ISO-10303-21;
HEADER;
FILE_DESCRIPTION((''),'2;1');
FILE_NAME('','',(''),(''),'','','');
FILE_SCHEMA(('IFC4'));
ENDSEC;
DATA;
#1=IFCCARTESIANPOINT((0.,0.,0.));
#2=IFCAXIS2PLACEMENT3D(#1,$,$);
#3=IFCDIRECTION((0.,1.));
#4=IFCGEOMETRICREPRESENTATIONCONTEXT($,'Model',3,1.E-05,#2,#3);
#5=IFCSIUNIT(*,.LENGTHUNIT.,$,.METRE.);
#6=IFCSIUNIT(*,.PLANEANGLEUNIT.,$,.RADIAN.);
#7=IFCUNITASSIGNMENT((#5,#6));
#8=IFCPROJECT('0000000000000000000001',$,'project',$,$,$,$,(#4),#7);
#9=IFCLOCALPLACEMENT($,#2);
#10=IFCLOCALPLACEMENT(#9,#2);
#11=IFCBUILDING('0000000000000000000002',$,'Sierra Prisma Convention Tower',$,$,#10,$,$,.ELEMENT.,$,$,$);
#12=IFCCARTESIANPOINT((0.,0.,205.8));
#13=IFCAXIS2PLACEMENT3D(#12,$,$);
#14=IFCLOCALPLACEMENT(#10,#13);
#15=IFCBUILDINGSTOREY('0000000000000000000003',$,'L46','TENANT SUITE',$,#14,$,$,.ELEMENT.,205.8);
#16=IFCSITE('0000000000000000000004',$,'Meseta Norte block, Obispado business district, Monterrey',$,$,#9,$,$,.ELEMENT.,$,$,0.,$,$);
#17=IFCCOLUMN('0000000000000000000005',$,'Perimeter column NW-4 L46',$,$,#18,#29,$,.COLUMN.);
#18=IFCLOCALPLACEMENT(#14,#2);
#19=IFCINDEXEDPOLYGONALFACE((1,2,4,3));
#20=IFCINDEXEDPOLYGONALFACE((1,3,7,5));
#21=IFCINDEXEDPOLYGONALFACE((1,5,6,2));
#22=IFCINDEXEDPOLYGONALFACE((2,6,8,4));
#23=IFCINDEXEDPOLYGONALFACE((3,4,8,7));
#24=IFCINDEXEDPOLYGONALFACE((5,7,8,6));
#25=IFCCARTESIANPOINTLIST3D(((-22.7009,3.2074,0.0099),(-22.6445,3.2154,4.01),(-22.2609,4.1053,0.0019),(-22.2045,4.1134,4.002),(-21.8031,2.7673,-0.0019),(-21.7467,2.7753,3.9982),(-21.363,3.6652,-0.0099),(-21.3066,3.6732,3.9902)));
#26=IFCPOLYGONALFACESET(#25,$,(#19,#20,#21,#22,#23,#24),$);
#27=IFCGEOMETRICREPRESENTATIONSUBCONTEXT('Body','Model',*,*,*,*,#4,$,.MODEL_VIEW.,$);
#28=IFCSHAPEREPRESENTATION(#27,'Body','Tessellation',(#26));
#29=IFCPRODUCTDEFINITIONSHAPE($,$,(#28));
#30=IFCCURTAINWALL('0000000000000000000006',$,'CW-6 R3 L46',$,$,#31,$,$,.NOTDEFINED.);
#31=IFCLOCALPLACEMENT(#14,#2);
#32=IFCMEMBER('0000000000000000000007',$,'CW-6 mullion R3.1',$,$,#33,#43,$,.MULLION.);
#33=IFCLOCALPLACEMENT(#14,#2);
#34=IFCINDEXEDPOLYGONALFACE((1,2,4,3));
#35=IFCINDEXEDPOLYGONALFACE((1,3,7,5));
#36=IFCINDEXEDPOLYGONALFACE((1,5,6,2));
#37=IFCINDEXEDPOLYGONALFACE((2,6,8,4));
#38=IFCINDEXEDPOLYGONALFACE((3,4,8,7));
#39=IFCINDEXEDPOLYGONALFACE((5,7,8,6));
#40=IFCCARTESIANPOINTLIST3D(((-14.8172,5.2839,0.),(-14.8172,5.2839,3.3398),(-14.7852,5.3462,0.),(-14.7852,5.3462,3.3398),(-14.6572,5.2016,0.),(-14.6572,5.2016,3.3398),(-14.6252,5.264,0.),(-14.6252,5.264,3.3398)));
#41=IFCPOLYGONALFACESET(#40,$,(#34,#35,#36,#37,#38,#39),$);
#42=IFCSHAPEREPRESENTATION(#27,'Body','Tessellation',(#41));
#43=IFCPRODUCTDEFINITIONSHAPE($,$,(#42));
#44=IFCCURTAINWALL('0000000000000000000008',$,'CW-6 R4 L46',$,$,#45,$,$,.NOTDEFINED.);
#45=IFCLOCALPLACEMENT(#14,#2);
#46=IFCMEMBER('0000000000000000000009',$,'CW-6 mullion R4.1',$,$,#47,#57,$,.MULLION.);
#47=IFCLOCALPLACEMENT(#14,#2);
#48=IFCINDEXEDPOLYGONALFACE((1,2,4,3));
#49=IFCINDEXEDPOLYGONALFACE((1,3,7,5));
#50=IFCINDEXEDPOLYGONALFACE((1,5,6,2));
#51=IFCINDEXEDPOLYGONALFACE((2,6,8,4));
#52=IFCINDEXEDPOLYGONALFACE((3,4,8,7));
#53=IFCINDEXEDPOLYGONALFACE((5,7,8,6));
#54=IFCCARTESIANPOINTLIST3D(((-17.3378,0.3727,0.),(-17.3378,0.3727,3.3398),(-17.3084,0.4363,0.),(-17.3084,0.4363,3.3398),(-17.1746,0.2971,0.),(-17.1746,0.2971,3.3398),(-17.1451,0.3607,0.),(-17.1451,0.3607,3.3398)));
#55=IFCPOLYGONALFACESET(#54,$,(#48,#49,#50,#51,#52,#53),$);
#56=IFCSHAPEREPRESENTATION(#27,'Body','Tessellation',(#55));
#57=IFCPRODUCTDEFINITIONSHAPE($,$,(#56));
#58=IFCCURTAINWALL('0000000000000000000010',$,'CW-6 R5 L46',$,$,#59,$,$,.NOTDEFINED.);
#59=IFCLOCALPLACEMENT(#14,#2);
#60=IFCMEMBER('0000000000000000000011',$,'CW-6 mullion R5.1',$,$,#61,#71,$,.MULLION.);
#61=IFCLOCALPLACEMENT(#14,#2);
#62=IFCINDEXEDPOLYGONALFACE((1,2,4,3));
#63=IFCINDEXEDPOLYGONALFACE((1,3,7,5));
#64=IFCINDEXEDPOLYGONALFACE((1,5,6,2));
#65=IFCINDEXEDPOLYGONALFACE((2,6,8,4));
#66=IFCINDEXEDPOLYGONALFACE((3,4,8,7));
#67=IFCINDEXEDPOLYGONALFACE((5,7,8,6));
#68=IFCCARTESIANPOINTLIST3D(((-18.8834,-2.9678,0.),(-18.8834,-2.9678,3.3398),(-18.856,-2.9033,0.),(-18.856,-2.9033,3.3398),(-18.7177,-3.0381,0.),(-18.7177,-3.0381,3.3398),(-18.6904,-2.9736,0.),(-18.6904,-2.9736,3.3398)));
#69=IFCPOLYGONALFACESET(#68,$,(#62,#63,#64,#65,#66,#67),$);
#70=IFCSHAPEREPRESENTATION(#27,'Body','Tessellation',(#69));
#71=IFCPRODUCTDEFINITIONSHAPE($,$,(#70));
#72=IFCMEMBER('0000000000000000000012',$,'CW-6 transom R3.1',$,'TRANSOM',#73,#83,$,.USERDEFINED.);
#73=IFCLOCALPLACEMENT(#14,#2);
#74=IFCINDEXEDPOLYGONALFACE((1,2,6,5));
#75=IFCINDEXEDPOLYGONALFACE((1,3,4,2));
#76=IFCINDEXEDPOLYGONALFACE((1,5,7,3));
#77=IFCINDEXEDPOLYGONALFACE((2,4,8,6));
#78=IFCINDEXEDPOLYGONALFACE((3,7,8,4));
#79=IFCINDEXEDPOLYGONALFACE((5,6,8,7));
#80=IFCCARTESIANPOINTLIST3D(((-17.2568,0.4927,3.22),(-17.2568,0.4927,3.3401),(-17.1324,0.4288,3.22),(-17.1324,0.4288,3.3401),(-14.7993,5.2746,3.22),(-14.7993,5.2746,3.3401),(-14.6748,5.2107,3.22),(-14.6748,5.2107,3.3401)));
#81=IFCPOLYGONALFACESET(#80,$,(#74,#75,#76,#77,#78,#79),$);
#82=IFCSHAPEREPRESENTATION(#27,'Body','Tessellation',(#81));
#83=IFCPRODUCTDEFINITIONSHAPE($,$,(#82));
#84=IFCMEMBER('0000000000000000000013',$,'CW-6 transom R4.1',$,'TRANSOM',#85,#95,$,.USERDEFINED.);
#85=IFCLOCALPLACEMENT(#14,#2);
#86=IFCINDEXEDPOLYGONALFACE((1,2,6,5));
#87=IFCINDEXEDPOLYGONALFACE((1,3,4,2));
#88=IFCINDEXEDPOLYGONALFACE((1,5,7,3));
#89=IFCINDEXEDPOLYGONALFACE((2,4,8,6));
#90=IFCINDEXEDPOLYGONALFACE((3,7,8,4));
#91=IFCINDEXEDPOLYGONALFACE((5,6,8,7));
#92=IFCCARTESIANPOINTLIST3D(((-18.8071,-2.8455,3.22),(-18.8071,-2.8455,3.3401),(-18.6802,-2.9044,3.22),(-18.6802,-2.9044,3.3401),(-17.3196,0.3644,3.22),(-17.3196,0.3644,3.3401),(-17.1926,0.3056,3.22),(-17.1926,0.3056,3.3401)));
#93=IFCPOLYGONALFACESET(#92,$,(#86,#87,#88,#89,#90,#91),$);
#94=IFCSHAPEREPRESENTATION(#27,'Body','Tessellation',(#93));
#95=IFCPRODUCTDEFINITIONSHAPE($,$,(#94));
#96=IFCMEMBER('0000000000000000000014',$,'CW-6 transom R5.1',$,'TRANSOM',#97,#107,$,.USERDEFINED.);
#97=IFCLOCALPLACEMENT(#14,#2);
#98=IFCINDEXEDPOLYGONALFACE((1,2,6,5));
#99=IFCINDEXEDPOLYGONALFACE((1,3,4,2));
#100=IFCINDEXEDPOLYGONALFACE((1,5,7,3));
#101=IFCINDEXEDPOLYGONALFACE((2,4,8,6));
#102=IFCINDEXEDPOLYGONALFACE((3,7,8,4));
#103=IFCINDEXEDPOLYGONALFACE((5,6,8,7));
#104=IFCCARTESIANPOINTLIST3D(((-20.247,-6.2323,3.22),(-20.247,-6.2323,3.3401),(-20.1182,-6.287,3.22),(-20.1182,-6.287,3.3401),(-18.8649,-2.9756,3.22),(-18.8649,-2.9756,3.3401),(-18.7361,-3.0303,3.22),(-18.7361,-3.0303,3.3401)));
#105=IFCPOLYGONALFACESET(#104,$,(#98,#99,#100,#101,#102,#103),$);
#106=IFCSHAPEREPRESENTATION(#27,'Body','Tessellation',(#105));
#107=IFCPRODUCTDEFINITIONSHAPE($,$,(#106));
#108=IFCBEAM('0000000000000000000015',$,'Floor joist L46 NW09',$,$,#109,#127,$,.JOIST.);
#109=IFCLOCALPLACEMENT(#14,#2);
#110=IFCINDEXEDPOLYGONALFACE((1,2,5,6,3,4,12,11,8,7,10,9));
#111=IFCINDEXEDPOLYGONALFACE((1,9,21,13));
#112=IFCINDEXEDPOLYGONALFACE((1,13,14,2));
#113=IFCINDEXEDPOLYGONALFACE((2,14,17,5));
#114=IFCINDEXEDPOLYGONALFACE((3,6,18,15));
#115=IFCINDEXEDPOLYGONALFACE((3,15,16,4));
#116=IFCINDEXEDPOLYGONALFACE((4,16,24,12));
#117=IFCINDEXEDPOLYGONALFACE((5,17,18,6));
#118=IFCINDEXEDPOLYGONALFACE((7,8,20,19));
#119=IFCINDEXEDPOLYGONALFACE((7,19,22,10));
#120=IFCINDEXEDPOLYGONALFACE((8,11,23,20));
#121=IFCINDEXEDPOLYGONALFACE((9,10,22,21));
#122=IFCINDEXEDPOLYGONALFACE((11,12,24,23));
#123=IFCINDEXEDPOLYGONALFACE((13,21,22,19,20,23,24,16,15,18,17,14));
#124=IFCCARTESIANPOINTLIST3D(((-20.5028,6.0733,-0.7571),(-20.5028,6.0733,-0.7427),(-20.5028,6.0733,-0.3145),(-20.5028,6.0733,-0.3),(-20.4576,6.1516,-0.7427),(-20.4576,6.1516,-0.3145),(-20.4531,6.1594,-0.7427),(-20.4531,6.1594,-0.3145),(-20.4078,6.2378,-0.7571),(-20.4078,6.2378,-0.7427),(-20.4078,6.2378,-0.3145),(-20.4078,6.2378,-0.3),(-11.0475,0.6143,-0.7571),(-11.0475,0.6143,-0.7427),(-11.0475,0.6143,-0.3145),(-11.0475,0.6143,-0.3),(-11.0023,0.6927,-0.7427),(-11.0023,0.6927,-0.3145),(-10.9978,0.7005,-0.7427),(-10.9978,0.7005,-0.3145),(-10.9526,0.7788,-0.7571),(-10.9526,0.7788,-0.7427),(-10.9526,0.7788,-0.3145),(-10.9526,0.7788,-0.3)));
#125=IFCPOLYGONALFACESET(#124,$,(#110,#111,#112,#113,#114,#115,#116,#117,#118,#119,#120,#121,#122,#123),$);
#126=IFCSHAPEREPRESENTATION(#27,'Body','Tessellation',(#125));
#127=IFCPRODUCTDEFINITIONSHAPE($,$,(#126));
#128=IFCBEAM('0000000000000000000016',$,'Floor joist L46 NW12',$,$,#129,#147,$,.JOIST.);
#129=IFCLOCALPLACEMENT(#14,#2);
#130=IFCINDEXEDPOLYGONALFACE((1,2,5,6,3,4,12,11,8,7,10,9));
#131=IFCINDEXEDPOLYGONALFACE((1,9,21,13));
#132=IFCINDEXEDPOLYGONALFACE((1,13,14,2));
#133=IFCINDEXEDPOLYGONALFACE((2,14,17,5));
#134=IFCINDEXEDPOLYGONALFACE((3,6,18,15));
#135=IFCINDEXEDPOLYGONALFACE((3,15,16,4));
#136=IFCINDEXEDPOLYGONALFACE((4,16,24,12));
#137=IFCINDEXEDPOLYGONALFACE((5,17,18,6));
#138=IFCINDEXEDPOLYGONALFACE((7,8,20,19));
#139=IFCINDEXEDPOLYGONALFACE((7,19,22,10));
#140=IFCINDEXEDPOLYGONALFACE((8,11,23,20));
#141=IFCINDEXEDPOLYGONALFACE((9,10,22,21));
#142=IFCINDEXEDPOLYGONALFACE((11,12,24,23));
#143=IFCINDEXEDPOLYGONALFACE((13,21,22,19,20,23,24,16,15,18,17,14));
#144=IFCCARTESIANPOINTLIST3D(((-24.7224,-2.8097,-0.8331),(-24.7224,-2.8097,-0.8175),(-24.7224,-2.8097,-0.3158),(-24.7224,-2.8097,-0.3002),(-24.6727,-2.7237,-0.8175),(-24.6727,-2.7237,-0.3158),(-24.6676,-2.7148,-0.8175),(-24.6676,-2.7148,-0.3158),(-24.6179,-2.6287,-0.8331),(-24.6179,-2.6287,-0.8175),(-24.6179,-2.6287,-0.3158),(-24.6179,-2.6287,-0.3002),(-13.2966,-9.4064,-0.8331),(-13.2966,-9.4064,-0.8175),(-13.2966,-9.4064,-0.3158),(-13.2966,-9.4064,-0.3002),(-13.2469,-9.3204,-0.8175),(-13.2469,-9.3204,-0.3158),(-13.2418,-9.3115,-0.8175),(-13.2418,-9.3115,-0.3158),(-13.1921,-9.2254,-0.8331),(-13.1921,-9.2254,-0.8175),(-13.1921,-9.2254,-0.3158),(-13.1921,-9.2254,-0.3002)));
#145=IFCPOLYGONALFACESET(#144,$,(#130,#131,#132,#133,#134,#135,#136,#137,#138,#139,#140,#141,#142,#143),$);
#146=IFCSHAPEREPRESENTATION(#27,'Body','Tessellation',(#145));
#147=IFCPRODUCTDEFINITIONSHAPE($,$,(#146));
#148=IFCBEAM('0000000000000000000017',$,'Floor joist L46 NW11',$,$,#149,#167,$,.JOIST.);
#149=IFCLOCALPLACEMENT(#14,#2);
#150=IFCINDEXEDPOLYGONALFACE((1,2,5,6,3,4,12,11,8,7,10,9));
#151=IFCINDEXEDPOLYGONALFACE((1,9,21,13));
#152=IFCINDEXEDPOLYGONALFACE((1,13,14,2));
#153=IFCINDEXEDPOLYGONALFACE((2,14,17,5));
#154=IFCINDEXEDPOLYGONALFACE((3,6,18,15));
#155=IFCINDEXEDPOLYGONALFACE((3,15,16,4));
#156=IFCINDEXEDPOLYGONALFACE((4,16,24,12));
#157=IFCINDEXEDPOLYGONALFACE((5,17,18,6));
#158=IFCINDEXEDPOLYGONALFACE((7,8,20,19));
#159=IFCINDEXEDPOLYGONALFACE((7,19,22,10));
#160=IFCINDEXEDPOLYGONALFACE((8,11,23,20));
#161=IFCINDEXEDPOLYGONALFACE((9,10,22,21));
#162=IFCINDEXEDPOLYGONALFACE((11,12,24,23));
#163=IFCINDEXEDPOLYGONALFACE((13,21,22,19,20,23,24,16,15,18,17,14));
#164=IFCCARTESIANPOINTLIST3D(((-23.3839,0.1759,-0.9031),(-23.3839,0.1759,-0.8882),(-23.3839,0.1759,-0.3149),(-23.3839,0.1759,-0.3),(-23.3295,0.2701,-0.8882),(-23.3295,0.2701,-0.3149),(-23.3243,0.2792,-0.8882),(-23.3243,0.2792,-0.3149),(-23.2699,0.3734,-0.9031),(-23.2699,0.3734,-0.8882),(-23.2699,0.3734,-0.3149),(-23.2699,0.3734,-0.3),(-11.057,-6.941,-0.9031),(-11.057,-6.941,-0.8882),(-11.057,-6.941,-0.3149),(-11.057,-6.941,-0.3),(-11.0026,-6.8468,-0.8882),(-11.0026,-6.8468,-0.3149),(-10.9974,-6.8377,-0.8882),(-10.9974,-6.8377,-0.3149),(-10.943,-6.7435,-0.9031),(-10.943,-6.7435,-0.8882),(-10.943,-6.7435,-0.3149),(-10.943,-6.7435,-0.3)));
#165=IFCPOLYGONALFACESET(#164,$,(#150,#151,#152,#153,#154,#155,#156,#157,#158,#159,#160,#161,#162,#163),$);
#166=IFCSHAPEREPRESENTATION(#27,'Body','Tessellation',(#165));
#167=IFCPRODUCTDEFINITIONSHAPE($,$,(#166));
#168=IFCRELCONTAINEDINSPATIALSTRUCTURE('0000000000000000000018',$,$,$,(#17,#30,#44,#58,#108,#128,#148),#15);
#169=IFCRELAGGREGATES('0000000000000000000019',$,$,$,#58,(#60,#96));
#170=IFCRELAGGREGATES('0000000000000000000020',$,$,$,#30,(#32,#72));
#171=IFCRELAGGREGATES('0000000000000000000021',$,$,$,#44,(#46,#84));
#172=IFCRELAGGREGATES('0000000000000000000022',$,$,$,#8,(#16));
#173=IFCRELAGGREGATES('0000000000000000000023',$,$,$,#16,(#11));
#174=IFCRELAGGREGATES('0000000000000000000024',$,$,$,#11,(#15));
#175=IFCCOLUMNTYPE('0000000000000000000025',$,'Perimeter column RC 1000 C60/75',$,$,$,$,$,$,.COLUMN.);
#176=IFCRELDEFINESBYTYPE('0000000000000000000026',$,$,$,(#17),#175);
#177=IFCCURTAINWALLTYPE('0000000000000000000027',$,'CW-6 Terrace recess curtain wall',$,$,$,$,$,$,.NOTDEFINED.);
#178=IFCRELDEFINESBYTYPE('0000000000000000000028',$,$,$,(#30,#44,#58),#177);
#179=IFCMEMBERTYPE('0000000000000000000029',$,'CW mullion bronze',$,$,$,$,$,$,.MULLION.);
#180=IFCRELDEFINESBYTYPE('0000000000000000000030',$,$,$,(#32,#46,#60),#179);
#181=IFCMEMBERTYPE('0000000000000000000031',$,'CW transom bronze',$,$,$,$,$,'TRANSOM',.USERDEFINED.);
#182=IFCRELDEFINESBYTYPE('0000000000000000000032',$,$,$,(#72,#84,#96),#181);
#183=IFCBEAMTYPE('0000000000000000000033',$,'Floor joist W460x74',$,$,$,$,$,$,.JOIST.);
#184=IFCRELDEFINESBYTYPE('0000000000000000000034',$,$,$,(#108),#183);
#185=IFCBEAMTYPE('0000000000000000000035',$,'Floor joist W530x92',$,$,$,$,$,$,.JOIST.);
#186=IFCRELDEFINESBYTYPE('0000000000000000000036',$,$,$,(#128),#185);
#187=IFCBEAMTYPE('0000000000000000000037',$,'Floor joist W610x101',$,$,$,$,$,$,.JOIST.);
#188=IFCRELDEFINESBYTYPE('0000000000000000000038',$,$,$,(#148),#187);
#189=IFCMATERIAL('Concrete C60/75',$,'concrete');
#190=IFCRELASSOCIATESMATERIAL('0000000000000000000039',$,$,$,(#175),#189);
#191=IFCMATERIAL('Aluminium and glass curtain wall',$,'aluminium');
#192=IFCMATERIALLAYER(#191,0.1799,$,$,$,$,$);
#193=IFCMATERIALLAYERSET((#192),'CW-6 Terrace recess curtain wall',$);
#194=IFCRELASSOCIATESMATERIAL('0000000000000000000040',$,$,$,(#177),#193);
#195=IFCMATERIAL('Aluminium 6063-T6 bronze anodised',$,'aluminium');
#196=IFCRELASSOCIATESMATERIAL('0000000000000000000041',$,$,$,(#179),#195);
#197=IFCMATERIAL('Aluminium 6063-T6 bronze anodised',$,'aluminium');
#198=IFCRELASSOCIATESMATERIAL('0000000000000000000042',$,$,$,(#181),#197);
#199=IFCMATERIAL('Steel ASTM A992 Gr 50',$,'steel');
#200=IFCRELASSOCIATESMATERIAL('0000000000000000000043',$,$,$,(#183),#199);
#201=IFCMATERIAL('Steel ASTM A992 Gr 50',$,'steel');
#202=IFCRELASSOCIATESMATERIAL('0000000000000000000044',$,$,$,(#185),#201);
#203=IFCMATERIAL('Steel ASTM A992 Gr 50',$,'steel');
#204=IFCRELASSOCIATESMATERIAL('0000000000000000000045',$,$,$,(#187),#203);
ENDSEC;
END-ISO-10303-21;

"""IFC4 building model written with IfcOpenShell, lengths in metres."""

from ifc_helpers import new_model, si_unit, direction, frame, origin, origin_2d, place, context, subcontext, project, spatial, rectangle, i_section, extrude, material, layer, layer_set, material_profile, profile_set, type_object, element, aggregate, save


model = new_model("IFC4")

# Units and contexts
model_context = context("Model", 3, precision=1e-05, world=origin(), true_north=direction((0.0, 1.0)))
body_context = subcontext(model_context, "Body", "Model", "MODEL_VIEW")
ifc_project = project(units=[si_unit("LENGTHUNIT", "METRE"), si_unit("PLANEANGLEUNIT", "RADIAN")], contexts=[model_context])

# Site, building, storey
site_placement = place(None, origin())
site = spatial("IfcSite", under=ifc_project, at=site_placement, Name="Meseta Norte block, Obispado business district, Monterrey", CompositionType="ELEMENT", RefElevation=0.0)
building_placement = place(site_placement, origin())
building = spatial("IfcBuilding", under=site, at=building_placement, Name="Sierra Prisma Convention Tower", CompositionType="ELEMENT")
storey_placement = place(building_placement, frame((0.0, 0.0, 205.8)))
storey = spatial("IfcBuildingStorey", under=building, at=storey_placement, Name="L46", Description="TENANT SUITE", CompositionType="ELEMENT", Elevation=205.8)

# Column
ifc_material_1 = material(Name="Concrete C60/75", Category="concrete")
ifc_material_profile_1 = material_profile(ifc_material_1, rectangle(XDim=1.0, YDim=1.0, at=origin_2d()), Name="Perimeter column RC 1000 C60/75")
ifc_profile_set_1 = profile_set([ifc_material_profile_1], Name="Concrete C60/75")
column_type = type_object("IfcColumnType", Name="Perimeter column RC 1000 C60/75", PredefinedType="COLUMN", material=ifc_profile_set_1)
column_placement = place(storey_placement, frame((-22.032, 3.4363, 0.0), z_axis=(0.014098, 0.002014, 0.999899), x_axis=(0.440047, 0.897939, -0.008013)))
element("IfcColumn", 1, at=column_placement, inside=storey, type_object=column_type, Name="Perimeter column NW-4 L46", PredefinedType="COLUMN", context=body_context, shape_type="SweptSolid", body=[
    extrude(rectangle(XDim=1.0, YDim=1.0, at=origin_2d()), origin(), (0.0, 0.0, 1.0), 4.0005),
])

# Curtain walls, members
ifc_material_2 = material(Name="Aluminium and glass curtain wall", Category="aluminium")
ifc_layer_1 = layer(ifc_material_2, 0.1799)
ifc_layer_set_1 = layer_set([ifc_layer_1], Name="CW-6 Terrace recess curtain wall")
curtain_wall_type = type_object("IfcCurtainWallType", Name="CW-6 Terrace recess curtain wall", PredefinedType="NOTDEFINED", material=ifc_layer_set_1)
curtain_wall_1_placement = place(storey_placement, origin())
curtain_wall_1 = element("IfcCurtainWall", 2, at=curtain_wall_1_placement, inside=storey, type_object=curtain_wall_type, Name="CW-6 R3 L46", PredefinedType="NOTDEFINED")
ifc_material_3 = material(Name="Aluminium 6063-T6 bronze anodised", Category="aluminium")
ifc_material_profile_2 = material_profile(ifc_material_3, rectangle(XDim=0.1799, YDim=0.0701, at=origin_2d()), Name="ALU MULLION 70x180")
ifc_profile_set_2 = profile_set([ifc_material_profile_2], Name="Aluminium 6063-T6 bronze anodised")
member_type_1 = type_object("IfcMemberType", Name="CW mullion bronze", PredefinedType="MULLION", material=ifc_profile_set_2)
member_1_placement = place(storey_placement, frame((-14.7212, 5.2739, 0.0), z_axis=(0.0, 0.0, 1.0), x_axis=(0.889425, -0.457082, 0.0)))
member_1 = element("IfcMember", 3, at=member_1_placement, type_object=member_type_1, Name="CW-6 mullion R3.1", PredefinedType="MULLION", context=body_context, shape_type="SweptSolid", body=[
    extrude(rectangle(XDim=0.1799, YDim=0.0701, at=origin_2d()), origin(), (0.0, 0.0, 1.0), 3.3398),
])
curtain_wall_2_placement = place(storey_placement, origin())
curtain_wall_2 = element("IfcCurtainWall", 4, at=curtain_wall_2_placement, inside=storey, type_object=curtain_wall_type, Name="CW-6 R4 L46", PredefinedType="NOTDEFINED")
member_2_placement = place(storey_placement, frame((-17.2415, 0.3667, 0.0), z_axis=(0.0, 0.0, 1.0), x_axis=(0.907303, -0.420478, 0.0)))
member_2 = element("IfcMember", 5, at=member_2_placement, type_object=member_type_1, Name="CW-6 mullion R4.1", PredefinedType="MULLION", context=body_context, shape_type="SweptSolid", body=[
    extrude(rectangle(XDim=0.1799, YDim=0.0701, at=origin_2d()), origin(), (0.0, 0.0, 1.0), 3.3398),
])
curtain_wall_3_placement = place(storey_placement, origin())
curtain_wall_3 = element("IfcCurtainWall", 6, at=curtain_wall_3_placement, inside=storey, type_object=curtain_wall_type, Name="CW-6 R5 L46", PredefinedType="NOTDEFINED")
member_3_placement = place(storey_placement, frame((-18.7869, -2.9707, 0.0), z_axis=(0.0, 0.0, 1.0), x_axis=(0.920522, -0.39069, 0.0)))
member_3 = element("IfcMember", 7, at=member_3_placement, type_object=member_type_1, Name="CW-6 mullion R5.1", PredefinedType="MULLION", context=body_context, shape_type="SweptSolid", body=[
    extrude(rectangle(XDim=0.1799, YDim=0.0701, at=origin_2d()), origin(), (0.0, 0.0, 1.0), 3.3398),
])

# Members
ifc_material_4 = material(Name="Aluminium 6063-T6 bronze anodised", Category="aluminium")
ifc_material_profile_3 = material_profile(ifc_material_4, rectangle(XDim=0.1399, YDim=0.1201, at=origin_2d()), Name="ALU TRANSOM 120x140")
ifc_profile_set_3 = profile_set([ifc_material_profile_3], Name="Aluminium 6063-T6 bronze anodised")
member_type_2 = type_object("IfcMemberType", Name="CW transom bronze", ElementType="TRANSOM", PredefinedType="USERDEFINED", material=ifc_profile_set_3)
member_4_placement = place(storey_placement, frame((-14.7371, 5.2427, 3.28), z_axis=(-0.457085, -0.889423, 0.0), x_axis=(0.889423, -0.457085, 0.0)))
member_4 = element("IfcMember", 8, at=member_4_placement, type_object=member_type_2, Name="CW-6 transom R3.1", ObjectType="TRANSOM", PredefinedType="USERDEFINED", context=body_context, shape_type="SweptSolid", body=[
    extrude(rectangle(XDim=0.1399, YDim=0.1201, at=origin_2d()), origin(), (0.0, 0.0, 1.0), 5.3765),
])
member_5_placement = place(storey_placement, frame((-17.2561, 0.335, 3.28), z_axis=(-0.420462, -0.90731, 0.0), x_axis=(0.90731, -0.420462, 0.0)))
member_5 = element("IfcMember", 9, at=member_5_placement, type_object=member_type_2, Name="CW-6 transom R4.1", ObjectType="TRANSOM", PredefinedType="USERDEFINED", context=body_context, shape_type="SweptSolid", body=[
    extrude(rectangle(XDim=0.1399, YDim=0.1201, at=origin_2d()), origin(), (0.0, 0.0, 1.0), 3.5378),
])
member_6_placement = place(storey_placement, frame((-18.8005, -3.0029, 3.28), z_axis=(-0.390644, -0.920542, 0.0), x_axis=(0.920542, -0.390644, 0.0)))
member_6 = element("IfcMember", 10, at=member_6_placement, type_object=member_type_2, Name="CW-6 transom R5.1", ObjectType="TRANSOM", PredefinedType="USERDEFINED", context=body_context, shape_type="SweptSolid", body=[
    extrude(rectangle(XDim=0.1399, YDim=0.1201, at=origin_2d()), origin(), (0.0, 0.0, 1.0), 3.5378),
])
aggregate(curtain_wall_3, [member_3, member_6])

# Beams
ifc_material_5 = material(Name="Steel ASTM A992 Gr 50", Category="steel")
ifc_material_profile_4 = material_profile(ifc_material_5, i_section(OverallWidth=0.1899, OverallDepth=0.457, WebThickness=0.009, FlangeThickness=0.0144, at=origin_2d()), Name="W460x74")
ifc_profile_set_4 = profile_set([ifc_material_profile_4], Name="Steel ASTM A992 Gr 50")
beam_type_1 = type_object("IfcBeamType", Name="Floor joist W460x74", PredefinedType="JOIST", material=ifc_profile_set_4)
beam_1_placement = place(storey_placement, frame((-20.4553, 6.1555, -0.5286), z_axis=(0.866027, -0.499997, 0.0), x_axis=(0.499997, 0.866027, 0.0)))
element("IfcBeam", 11, at=beam_1_placement, inside=storey, type_object=beam_type_1, Name="Floor joist L46 NW09", PredefinedType="JOIST", context=body_context, shape_type="SweptSolid", body=[
    extrude(i_section(OverallWidth=0.1899, OverallDepth=0.457, WebThickness=0.009, FlangeThickness=0.0144, at=origin_2d()), origin(), (0.0, 0.0, 1.0), 10.918),
])
ifc_material_6 = material(Name="Steel ASTM A992 Gr 50", Category="steel")
ifc_material_profile_5 = material_profile(ifc_material_6, i_section(OverallWidth=0.209, OverallDepth=0.533, WebThickness=0.0103, FlangeThickness=0.0156, at=origin_2d()), Name="W530x92")
ifc_profile_set_5 = profile_set([ifc_material_profile_5], Name="Steel ASTM A992 Gr 50")
beam_type_2 = type_object("IfcBeamType", Name="Floor joist W530x92", PredefinedType="JOIST", material=ifc_profile_set_5)
beam_2_placement = place(storey_placement, frame((-24.6702, -2.7192, -0.5667), z_axis=(0.866025, -0.5, 0.0), x_axis=(0.5, 0.866025, 0.0)))
element("IfcBeam", 12, at=beam_2_placement, inside=storey, type_object=beam_type_2, Name="Floor joist L46 NW12", PredefinedType="JOIST", context=body_context, shape_type="SweptSolid", body=[
    extrude(i_section(OverallWidth=0.209, OverallDepth=0.533, WebThickness=0.0103, FlangeThickness=0.0156, at=origin_2d()), origin(), (0.0, 0.0, 1.0), 13.1934),
])
ifc_material_7 = material(Name="Steel ASTM A992 Gr 50", Category="steel")
ifc_material_profile_6 = material_profile(ifc_material_7, i_section(OverallWidth=0.228, OverallDepth=0.603, WebThickness=0.0105, FlangeThickness=0.0149, at=origin_2d()), Name="W610x101")
ifc_profile_set_6 = profile_set([ifc_material_profile_6], Name="Steel ASTM A992 Gr 50")
beam_type_3 = type_object("IfcBeamType", Name="Floor joist W610x101", PredefinedType="JOIST", material=ifc_profile_set_6)
beam_3_placement = place(storey_placement, frame((-23.3269, 0.2747, -0.6016), z_axis=(0.866025, -0.5, 0.0), x_axis=(0.5, 0.866025, 0.0)))
element("IfcBeam", 13, at=beam_3_placement, inside=storey, type_object=beam_type_3, Name="Floor joist L46 NW11", PredefinedType="JOIST", context=body_context, shape_type="SweptSolid", body=[
    extrude(i_section(OverallWidth=0.228, OverallDepth=0.603, WebThickness=0.0105, FlangeThickness=0.0149, at=origin_2d()), origin(), (0.0, 0.0, 1.0), 14.2339),
])

aggregate(curtain_wall_1, [member_1, member_4])
aggregate(curtain_wall_2, [member_2, member_5])

save(model, "model.ifc")
